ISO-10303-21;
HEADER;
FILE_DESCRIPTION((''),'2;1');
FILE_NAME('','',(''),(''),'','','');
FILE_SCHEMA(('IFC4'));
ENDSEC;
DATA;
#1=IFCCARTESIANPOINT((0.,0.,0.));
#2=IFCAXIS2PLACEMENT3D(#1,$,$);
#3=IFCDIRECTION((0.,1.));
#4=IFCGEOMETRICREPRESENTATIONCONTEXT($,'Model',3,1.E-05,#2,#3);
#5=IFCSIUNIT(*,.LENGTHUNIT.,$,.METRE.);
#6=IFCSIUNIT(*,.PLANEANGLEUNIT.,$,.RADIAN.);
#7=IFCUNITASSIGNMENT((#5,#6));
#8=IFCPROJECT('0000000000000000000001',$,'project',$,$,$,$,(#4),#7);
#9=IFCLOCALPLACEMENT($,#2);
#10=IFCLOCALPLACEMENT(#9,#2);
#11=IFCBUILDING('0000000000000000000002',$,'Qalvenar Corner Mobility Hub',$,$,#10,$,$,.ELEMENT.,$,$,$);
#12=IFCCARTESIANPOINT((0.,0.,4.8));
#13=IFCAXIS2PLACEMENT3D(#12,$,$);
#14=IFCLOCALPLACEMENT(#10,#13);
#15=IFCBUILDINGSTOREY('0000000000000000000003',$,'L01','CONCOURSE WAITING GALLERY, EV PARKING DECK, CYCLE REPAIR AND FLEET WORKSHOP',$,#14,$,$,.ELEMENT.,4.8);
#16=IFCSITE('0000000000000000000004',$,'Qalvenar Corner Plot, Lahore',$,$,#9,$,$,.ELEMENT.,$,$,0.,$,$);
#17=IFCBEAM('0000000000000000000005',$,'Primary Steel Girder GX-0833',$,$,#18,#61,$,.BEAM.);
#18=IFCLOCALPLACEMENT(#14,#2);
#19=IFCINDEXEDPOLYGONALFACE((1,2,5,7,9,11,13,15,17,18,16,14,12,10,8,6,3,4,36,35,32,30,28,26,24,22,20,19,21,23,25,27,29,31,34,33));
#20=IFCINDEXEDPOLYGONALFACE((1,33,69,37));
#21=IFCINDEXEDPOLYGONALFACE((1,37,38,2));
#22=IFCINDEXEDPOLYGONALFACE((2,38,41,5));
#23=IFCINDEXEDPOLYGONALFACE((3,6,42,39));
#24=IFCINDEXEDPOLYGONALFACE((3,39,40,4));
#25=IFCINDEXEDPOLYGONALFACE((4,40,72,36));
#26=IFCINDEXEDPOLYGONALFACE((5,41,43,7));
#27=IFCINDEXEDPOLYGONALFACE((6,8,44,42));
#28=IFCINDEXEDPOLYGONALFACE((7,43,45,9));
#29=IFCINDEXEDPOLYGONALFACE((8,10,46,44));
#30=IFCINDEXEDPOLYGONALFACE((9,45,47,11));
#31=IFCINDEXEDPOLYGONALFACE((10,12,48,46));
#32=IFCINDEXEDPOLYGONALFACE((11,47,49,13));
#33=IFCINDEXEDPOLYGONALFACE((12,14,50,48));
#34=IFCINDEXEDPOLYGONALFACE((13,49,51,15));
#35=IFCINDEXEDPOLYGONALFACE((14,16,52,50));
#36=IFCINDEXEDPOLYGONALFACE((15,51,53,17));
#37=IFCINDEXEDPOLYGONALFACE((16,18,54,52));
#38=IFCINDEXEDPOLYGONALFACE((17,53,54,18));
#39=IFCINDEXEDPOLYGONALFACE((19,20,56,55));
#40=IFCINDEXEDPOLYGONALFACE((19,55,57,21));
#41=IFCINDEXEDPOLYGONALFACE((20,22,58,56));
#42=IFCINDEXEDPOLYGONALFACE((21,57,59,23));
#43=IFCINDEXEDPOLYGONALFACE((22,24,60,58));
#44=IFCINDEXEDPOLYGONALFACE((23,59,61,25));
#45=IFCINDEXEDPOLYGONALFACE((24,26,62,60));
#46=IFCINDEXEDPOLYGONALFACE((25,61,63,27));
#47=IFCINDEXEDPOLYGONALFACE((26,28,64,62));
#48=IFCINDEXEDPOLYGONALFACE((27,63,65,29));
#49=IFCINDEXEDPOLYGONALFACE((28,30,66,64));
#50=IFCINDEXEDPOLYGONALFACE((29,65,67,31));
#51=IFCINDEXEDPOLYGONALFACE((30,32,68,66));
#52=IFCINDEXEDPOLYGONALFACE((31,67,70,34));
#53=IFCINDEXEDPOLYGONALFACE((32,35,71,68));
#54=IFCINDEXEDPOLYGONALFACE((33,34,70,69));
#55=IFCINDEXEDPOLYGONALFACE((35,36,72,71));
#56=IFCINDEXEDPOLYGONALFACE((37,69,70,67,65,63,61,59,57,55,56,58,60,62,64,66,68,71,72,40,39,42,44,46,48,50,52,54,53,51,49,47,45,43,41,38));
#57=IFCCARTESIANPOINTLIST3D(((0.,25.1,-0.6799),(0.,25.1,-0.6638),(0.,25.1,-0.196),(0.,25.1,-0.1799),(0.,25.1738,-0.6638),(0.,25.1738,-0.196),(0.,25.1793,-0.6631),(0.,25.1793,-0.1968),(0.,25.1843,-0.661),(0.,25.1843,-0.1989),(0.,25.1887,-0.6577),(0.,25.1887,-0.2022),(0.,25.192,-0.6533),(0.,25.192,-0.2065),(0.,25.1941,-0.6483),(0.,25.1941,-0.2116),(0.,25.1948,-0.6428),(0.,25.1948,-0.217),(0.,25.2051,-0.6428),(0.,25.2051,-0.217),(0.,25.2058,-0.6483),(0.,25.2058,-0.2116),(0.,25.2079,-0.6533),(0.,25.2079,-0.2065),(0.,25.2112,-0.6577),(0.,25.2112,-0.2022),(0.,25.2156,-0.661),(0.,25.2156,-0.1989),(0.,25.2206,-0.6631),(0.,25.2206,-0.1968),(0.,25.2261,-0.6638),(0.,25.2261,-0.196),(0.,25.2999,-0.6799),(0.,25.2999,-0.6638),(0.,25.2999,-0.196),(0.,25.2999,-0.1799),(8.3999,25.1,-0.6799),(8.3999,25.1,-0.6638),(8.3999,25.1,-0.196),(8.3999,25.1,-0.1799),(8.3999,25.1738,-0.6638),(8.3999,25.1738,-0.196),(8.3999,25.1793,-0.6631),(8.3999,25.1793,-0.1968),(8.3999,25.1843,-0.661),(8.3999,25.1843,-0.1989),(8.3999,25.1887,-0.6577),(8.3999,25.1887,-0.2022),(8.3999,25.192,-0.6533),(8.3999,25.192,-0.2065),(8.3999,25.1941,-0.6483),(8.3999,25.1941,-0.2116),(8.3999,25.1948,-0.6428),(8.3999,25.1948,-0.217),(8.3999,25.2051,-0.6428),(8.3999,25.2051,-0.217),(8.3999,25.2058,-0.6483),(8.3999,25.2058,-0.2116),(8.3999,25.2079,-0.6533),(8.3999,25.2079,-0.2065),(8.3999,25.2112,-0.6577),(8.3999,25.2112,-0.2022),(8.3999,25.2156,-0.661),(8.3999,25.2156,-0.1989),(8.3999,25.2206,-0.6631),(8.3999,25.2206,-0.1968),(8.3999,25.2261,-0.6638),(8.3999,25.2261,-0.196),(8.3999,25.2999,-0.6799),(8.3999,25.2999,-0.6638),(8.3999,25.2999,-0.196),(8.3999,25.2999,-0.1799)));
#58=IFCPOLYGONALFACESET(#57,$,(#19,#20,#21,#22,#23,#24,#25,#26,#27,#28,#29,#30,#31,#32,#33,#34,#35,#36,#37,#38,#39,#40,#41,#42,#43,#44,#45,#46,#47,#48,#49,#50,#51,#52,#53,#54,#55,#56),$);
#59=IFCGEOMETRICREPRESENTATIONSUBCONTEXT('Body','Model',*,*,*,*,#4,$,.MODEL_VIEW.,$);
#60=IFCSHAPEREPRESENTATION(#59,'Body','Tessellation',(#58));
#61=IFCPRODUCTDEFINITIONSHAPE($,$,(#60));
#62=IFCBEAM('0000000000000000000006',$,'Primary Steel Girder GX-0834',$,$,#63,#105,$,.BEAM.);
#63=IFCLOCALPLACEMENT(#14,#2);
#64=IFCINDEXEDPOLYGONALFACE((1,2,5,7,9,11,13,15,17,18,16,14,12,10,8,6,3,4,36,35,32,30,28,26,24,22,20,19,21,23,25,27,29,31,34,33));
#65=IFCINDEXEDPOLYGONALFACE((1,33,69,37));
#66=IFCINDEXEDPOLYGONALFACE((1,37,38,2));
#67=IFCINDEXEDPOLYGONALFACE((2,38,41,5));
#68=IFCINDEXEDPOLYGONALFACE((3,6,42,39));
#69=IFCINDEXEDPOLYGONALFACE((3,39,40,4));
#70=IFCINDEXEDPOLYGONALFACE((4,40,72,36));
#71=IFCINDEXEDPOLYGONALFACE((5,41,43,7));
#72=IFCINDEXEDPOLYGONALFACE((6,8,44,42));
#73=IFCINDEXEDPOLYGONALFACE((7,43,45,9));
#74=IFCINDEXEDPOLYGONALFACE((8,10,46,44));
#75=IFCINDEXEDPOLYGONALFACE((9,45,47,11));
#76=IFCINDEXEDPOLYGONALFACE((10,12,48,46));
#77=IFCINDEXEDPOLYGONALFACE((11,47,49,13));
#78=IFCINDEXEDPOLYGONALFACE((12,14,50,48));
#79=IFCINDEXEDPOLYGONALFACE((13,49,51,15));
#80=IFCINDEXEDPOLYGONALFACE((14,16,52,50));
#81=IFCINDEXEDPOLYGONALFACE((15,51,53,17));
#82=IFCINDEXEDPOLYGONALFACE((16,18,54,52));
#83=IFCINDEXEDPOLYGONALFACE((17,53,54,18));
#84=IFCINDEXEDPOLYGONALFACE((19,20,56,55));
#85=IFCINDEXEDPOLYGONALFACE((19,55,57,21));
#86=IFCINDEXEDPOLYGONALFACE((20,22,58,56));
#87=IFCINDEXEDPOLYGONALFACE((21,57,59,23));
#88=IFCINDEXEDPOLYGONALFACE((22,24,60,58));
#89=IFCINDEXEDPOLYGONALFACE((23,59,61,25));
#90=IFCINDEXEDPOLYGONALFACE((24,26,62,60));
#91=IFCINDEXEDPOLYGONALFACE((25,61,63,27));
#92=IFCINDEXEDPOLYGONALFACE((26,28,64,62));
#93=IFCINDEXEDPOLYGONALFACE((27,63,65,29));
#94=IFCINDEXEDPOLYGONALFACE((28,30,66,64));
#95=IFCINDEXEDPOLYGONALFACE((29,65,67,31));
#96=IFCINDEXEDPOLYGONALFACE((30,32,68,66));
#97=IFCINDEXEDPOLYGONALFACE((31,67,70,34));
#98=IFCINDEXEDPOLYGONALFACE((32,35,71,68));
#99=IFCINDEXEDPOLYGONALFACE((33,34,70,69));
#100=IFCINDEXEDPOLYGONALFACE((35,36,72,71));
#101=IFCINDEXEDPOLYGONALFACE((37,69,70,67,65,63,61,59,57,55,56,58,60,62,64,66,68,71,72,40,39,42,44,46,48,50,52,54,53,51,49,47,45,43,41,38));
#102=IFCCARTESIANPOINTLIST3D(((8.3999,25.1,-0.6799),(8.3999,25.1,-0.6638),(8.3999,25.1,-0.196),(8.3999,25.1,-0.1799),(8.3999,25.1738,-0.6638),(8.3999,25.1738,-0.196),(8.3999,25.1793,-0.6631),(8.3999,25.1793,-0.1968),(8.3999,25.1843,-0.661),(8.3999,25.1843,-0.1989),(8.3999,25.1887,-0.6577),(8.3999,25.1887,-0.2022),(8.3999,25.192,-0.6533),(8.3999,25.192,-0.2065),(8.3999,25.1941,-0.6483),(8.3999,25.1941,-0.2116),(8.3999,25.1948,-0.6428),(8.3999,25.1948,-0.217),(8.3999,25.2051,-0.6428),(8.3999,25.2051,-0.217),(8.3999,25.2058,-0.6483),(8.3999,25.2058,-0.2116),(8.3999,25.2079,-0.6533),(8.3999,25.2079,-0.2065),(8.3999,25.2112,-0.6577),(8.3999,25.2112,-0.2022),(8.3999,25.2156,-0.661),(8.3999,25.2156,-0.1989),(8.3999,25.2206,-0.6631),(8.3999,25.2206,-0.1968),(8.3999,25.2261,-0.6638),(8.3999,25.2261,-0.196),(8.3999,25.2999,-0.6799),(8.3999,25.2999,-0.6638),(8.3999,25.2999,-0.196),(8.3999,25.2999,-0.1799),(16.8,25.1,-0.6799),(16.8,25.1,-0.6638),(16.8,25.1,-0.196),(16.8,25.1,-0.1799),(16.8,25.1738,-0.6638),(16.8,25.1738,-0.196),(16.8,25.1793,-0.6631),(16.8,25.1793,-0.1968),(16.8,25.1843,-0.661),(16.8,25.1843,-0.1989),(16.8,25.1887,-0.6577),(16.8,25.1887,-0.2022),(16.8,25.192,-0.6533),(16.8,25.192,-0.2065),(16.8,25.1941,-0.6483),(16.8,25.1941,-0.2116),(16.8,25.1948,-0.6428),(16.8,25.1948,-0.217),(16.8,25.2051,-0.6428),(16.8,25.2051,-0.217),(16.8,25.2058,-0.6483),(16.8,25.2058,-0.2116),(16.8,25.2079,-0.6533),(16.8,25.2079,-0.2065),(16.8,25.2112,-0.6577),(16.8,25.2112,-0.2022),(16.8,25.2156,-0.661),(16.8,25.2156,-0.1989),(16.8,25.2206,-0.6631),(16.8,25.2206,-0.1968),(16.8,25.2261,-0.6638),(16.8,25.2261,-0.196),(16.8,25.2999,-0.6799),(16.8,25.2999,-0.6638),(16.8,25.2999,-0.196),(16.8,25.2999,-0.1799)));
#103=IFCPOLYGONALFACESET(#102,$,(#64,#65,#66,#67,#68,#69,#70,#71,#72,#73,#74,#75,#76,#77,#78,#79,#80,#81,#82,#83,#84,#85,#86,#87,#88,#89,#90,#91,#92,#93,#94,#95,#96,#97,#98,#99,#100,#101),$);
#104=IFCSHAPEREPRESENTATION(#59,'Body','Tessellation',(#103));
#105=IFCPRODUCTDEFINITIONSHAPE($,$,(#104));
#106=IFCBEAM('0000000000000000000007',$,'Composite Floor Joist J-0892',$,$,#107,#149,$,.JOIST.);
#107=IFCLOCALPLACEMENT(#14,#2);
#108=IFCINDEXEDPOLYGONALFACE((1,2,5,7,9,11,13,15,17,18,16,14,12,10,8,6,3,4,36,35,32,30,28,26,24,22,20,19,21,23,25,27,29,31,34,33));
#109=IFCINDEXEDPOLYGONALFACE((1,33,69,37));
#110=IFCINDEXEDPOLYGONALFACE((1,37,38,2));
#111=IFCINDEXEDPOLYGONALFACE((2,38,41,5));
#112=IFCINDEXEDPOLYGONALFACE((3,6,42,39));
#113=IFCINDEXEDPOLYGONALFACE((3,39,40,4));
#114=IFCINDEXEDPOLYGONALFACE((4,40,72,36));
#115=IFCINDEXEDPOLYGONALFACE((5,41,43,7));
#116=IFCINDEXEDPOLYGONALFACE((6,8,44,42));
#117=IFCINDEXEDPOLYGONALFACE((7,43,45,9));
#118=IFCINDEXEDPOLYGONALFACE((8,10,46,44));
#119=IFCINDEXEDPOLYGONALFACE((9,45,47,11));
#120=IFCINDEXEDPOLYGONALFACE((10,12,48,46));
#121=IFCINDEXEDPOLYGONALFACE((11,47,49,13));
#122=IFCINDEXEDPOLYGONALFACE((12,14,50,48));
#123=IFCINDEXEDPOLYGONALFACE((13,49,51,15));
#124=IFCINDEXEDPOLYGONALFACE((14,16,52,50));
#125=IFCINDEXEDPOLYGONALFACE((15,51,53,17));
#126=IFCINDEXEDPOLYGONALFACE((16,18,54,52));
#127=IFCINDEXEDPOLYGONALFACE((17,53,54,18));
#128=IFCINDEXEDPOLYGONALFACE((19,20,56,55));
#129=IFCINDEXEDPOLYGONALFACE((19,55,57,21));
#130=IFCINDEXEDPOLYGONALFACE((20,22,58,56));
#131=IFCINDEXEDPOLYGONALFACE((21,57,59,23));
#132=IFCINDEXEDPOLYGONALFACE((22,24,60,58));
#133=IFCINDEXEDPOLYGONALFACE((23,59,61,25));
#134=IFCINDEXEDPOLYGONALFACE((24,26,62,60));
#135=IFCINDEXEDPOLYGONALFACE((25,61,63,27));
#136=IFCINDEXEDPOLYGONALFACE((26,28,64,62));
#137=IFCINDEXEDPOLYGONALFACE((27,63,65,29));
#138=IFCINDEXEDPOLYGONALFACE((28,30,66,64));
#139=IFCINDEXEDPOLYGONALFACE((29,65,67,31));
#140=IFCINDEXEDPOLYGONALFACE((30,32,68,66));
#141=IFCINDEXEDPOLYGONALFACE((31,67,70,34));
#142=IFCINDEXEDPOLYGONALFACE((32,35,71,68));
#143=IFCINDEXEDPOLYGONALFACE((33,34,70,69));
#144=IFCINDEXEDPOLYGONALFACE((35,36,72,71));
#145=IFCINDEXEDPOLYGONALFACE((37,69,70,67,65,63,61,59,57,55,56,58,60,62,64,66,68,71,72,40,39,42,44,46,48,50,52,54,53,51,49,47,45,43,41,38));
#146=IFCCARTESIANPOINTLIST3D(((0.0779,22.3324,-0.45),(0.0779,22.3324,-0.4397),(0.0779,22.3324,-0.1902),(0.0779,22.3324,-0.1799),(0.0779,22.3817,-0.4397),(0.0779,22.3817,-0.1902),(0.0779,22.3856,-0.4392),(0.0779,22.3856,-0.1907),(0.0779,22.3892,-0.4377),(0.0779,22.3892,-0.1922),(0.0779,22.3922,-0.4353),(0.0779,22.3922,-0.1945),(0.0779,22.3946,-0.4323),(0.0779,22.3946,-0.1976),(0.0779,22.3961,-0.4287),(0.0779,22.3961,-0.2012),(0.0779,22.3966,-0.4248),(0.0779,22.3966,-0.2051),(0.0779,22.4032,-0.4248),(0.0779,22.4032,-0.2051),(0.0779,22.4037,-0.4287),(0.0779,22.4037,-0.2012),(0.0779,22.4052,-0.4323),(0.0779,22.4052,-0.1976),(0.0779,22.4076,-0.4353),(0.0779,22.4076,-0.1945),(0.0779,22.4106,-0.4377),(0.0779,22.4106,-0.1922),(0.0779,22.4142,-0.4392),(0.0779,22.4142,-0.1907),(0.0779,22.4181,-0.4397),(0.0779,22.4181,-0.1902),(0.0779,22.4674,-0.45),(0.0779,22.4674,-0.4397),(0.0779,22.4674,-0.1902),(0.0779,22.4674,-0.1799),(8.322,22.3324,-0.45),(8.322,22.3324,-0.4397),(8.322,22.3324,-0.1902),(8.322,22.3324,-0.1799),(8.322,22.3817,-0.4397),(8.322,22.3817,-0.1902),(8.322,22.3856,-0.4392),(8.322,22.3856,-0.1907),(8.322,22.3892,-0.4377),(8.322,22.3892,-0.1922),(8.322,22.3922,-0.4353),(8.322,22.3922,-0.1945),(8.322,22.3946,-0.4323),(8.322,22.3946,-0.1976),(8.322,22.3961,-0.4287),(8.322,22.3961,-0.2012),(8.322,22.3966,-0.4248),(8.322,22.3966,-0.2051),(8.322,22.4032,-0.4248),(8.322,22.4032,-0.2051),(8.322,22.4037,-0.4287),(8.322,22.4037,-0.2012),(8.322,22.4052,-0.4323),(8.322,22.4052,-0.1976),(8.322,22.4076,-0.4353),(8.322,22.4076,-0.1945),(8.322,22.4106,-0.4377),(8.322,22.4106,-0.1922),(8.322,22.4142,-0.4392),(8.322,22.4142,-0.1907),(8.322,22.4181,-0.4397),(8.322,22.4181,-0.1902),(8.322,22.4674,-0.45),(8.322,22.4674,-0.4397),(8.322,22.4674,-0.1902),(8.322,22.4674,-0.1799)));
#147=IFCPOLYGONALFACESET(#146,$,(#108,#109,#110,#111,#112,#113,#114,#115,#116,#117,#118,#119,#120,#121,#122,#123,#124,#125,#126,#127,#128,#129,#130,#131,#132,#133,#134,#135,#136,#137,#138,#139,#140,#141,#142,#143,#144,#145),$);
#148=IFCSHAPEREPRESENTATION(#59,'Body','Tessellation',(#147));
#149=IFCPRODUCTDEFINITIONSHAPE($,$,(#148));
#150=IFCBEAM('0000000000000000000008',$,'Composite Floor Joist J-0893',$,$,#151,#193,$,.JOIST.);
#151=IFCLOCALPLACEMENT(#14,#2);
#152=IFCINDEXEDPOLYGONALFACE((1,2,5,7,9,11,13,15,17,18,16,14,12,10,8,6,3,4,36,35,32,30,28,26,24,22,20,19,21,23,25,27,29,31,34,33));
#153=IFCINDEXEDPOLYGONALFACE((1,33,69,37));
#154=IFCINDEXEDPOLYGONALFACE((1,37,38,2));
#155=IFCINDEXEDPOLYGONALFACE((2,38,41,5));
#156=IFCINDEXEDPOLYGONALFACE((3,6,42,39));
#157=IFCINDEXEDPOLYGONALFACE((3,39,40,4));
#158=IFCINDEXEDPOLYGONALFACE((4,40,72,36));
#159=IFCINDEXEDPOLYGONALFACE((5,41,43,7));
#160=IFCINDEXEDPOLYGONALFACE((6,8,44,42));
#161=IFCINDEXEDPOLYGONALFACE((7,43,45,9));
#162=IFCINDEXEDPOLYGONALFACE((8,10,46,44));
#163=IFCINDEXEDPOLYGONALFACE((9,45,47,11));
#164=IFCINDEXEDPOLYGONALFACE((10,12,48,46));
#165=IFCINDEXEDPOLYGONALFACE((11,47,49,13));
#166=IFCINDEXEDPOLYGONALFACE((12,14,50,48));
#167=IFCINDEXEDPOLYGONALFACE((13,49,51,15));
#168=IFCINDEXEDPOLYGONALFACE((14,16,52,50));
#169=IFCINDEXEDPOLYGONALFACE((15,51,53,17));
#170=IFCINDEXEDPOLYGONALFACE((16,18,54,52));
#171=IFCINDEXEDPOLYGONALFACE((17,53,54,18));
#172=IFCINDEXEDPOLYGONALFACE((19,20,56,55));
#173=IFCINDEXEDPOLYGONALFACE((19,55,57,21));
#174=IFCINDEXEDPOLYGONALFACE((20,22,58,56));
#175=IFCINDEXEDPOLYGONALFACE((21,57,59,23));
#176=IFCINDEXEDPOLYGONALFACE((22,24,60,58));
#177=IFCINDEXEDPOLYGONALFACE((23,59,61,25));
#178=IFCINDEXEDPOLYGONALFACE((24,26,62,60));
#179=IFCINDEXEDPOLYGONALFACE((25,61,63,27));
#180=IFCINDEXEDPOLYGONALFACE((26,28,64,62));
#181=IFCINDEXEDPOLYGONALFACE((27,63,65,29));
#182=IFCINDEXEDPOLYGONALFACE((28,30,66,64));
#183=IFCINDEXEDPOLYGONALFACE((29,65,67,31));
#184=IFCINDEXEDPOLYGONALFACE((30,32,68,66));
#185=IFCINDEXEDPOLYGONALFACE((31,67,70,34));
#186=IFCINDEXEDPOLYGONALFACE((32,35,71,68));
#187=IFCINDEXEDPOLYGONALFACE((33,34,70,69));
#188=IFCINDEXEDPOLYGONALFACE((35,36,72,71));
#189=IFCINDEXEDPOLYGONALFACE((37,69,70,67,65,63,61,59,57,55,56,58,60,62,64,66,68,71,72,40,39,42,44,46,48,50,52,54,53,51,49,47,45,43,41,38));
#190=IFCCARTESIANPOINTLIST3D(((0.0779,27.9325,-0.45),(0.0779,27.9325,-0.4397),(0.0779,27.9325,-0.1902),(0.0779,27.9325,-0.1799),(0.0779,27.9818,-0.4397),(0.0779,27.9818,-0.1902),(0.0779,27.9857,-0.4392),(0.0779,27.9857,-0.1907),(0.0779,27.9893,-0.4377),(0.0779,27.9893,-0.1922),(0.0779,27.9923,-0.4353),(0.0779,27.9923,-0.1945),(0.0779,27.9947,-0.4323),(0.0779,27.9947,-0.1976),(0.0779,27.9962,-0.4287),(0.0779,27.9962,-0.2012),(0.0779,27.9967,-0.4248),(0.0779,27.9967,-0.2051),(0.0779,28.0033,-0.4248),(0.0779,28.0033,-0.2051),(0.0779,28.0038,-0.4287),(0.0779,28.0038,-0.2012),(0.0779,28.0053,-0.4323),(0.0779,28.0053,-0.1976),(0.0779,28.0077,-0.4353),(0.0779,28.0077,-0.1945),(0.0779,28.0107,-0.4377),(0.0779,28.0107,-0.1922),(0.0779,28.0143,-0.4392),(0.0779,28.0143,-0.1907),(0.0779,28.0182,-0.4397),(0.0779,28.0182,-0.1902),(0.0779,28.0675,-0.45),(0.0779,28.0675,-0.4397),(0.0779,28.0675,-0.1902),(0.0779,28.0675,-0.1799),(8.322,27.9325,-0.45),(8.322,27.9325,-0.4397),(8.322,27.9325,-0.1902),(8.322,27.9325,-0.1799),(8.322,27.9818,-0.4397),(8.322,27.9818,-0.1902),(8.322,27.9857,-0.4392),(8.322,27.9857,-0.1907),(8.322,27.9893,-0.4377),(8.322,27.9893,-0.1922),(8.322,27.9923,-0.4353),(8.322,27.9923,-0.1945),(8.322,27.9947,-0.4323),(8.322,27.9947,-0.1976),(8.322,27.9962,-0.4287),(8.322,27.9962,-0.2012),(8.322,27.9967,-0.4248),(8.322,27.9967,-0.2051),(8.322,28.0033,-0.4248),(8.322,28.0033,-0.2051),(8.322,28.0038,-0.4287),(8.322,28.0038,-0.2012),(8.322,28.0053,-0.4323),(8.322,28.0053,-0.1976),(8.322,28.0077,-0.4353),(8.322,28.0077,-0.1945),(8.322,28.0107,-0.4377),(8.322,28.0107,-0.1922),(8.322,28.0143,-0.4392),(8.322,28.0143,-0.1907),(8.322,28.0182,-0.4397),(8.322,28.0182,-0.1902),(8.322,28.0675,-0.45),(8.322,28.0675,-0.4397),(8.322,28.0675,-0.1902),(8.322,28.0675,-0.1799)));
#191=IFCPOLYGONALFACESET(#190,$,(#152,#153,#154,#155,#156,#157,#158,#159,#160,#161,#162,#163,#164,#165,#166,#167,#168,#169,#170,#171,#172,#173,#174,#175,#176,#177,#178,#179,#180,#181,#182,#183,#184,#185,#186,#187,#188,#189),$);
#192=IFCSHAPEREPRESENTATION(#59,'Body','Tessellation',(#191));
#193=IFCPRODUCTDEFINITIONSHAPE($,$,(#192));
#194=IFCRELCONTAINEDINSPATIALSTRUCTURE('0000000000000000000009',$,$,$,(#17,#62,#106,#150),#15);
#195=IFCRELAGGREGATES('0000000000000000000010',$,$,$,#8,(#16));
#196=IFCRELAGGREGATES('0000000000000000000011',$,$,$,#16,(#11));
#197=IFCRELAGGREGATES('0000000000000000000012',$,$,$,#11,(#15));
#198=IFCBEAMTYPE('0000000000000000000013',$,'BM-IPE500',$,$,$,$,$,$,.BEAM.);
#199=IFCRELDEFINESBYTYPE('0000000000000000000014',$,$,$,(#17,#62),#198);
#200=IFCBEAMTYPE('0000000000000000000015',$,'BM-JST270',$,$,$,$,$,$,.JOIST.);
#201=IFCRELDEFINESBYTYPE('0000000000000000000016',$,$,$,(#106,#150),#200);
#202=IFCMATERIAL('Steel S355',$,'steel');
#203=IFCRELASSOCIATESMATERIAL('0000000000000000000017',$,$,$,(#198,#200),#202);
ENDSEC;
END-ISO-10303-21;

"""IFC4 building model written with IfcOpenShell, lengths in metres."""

from ifc_helpers import new_model, si_unit, direction, frame, origin, origin_2d, place, context, subcontext, project, spatial, i_section, extrude, material, material_profile, profile_set, type_object, element, save


model = new_model("IFC4")

# Units and contexts
model_context = context("Model", 3, precision=1e-05, world=origin(), true_north=direction((0.0, 1.0)))
body_context = subcontext(model_context, "Body", "Model", "MODEL_VIEW")
ifc_project = project(units=[si_unit("LENGTHUNIT", "METRE"), si_unit("PLANEANGLEUNIT", "RADIAN")], contexts=[model_context])

# Site, building, storey
site_placement = place(None, origin())
site = spatial("IfcSite", under=ifc_project, at=site_placement, Name="Qalvenar Corner Plot, Lahore", CompositionType="ELEMENT", RefElevation=0.0)
building_placement = place(site_placement, origin())
building = spatial("IfcBuilding", under=site, at=building_placement, Name="Qalvenar Corner Mobility Hub", CompositionType="ELEMENT")
storey_placement = place(building_placement, frame((0.0, 0.0, 4.8)))
storey = spatial("IfcBuildingStorey", under=building, at=storey_placement, Name="L01", Description="CONCOURSE WAITING GALLERY, EV PARKING DECK, CYCLE REPAIR AND FLEET WORKSHOP", CompositionType="ELEMENT", Elevation=4.8)

# Shared definitions
ifc_material_1 = material(Name="Steel S355", Category="steel")

# Beams
ifc_material_profile_1 = material_profile(ifc_material_1, i_section(OverallWidth=0.2, OverallDepth=0.5, WebThickness=0.0103, FlangeThickness=0.0161, FilletRadius=0.021, at=origin_2d()), Name="IPE500")
ifc_profile_set_1 = profile_set([ifc_material_profile_1], Name="Steel S355")
beam_type_1 = type_object("IfcBeamType", Name="BM-IPE500", PredefinedType="BEAM", material=ifc_profile_set_1)
beam_1_placement = place(storey_placement, frame((0.0, 25.2, -0.4299), z_axis=(1.0, 0.0, 0.0), x_axis=(0.0, 1.0, 0.0)))
element("IfcBeam", 1, at=beam_1_placement, inside=storey, type_object=beam_type_1, Name="Primary Steel Girder GX-0833", PredefinedType="BEAM", context=body_context, shape_type="SweptSolid", body=[
    extrude(i_section(OverallWidth=0.2, OverallDepth=0.5, WebThickness=0.0103, FlangeThickness=0.0161, FilletRadius=0.021, at=origin_2d()), origin(), (0.0, 0.0, 1.0), 8.3999),
])
beam_2_placement = place(storey_placement, frame((8.3999, 25.2, -0.4299), z_axis=(1.0, 0.0, 0.0), x_axis=(0.0, 1.0, 0.0)))
element("IfcBeam", 2, at=beam_2_placement, inside=storey, type_object=beam_type_1, Name="Primary Steel Girder GX-0834", PredefinedType="BEAM", context=body_context, shape_type="SweptSolid", body=[
    extrude(i_section(OverallWidth=0.2, OverallDepth=0.5, WebThickness=0.0103, FlangeThickness=0.0161, FilletRadius=0.021, at=origin_2d()), origin(), (0.0, 0.0, 1.0), 8.4001),
])
ifc_material_profile_2 = material_profile(ifc_material_1, i_section(OverallWidth=0.135, OverallDepth=0.27, WebThickness=0.0066, FlangeThickness=0.0103, FilletRadius=0.0149, at=origin_2d()), Name="IPE270")
ifc_profile_set_2 = profile_set([ifc_material_profile_2], Name="Steel S355")
beam_type_2 = type_object("IfcBeamType", Name="BM-JST270", PredefinedType="JOIST", material=ifc_profile_set_2)
for number, where, z_axis, x_axis, name in (
    (3, (0.0779, 22.3999, -0.3149), (1.0, 0.0, 0.0), (0.0, 1.0, 0.0), "Composite Floor Joist J-0892"),
    (4, (0.0779, 28.0, -0.3149), (1.0, 0.0, 0.0), (0.0, 1.0, 0.0), "Composite Floor Joist J-0893"),
):
    element("IfcBeam", number, at=place(storey_placement, frame(where, z_axis=z_axis, x_axis=x_axis)), inside=storey, type_object=beam_type_2, Name=name, PredefinedType="JOIST", context=body_context, shape_type="SweptSolid", body=[
        extrude(i_section(OverallWidth=0.135, OverallDepth=0.27, WebThickness=0.0066, FlangeThickness=0.0103, FilletRadius=0.0149, at=origin_2d()), origin(), (0.0, 0.0, 1.0), 8.2441),
    ])

save(model, "model.ifc")
